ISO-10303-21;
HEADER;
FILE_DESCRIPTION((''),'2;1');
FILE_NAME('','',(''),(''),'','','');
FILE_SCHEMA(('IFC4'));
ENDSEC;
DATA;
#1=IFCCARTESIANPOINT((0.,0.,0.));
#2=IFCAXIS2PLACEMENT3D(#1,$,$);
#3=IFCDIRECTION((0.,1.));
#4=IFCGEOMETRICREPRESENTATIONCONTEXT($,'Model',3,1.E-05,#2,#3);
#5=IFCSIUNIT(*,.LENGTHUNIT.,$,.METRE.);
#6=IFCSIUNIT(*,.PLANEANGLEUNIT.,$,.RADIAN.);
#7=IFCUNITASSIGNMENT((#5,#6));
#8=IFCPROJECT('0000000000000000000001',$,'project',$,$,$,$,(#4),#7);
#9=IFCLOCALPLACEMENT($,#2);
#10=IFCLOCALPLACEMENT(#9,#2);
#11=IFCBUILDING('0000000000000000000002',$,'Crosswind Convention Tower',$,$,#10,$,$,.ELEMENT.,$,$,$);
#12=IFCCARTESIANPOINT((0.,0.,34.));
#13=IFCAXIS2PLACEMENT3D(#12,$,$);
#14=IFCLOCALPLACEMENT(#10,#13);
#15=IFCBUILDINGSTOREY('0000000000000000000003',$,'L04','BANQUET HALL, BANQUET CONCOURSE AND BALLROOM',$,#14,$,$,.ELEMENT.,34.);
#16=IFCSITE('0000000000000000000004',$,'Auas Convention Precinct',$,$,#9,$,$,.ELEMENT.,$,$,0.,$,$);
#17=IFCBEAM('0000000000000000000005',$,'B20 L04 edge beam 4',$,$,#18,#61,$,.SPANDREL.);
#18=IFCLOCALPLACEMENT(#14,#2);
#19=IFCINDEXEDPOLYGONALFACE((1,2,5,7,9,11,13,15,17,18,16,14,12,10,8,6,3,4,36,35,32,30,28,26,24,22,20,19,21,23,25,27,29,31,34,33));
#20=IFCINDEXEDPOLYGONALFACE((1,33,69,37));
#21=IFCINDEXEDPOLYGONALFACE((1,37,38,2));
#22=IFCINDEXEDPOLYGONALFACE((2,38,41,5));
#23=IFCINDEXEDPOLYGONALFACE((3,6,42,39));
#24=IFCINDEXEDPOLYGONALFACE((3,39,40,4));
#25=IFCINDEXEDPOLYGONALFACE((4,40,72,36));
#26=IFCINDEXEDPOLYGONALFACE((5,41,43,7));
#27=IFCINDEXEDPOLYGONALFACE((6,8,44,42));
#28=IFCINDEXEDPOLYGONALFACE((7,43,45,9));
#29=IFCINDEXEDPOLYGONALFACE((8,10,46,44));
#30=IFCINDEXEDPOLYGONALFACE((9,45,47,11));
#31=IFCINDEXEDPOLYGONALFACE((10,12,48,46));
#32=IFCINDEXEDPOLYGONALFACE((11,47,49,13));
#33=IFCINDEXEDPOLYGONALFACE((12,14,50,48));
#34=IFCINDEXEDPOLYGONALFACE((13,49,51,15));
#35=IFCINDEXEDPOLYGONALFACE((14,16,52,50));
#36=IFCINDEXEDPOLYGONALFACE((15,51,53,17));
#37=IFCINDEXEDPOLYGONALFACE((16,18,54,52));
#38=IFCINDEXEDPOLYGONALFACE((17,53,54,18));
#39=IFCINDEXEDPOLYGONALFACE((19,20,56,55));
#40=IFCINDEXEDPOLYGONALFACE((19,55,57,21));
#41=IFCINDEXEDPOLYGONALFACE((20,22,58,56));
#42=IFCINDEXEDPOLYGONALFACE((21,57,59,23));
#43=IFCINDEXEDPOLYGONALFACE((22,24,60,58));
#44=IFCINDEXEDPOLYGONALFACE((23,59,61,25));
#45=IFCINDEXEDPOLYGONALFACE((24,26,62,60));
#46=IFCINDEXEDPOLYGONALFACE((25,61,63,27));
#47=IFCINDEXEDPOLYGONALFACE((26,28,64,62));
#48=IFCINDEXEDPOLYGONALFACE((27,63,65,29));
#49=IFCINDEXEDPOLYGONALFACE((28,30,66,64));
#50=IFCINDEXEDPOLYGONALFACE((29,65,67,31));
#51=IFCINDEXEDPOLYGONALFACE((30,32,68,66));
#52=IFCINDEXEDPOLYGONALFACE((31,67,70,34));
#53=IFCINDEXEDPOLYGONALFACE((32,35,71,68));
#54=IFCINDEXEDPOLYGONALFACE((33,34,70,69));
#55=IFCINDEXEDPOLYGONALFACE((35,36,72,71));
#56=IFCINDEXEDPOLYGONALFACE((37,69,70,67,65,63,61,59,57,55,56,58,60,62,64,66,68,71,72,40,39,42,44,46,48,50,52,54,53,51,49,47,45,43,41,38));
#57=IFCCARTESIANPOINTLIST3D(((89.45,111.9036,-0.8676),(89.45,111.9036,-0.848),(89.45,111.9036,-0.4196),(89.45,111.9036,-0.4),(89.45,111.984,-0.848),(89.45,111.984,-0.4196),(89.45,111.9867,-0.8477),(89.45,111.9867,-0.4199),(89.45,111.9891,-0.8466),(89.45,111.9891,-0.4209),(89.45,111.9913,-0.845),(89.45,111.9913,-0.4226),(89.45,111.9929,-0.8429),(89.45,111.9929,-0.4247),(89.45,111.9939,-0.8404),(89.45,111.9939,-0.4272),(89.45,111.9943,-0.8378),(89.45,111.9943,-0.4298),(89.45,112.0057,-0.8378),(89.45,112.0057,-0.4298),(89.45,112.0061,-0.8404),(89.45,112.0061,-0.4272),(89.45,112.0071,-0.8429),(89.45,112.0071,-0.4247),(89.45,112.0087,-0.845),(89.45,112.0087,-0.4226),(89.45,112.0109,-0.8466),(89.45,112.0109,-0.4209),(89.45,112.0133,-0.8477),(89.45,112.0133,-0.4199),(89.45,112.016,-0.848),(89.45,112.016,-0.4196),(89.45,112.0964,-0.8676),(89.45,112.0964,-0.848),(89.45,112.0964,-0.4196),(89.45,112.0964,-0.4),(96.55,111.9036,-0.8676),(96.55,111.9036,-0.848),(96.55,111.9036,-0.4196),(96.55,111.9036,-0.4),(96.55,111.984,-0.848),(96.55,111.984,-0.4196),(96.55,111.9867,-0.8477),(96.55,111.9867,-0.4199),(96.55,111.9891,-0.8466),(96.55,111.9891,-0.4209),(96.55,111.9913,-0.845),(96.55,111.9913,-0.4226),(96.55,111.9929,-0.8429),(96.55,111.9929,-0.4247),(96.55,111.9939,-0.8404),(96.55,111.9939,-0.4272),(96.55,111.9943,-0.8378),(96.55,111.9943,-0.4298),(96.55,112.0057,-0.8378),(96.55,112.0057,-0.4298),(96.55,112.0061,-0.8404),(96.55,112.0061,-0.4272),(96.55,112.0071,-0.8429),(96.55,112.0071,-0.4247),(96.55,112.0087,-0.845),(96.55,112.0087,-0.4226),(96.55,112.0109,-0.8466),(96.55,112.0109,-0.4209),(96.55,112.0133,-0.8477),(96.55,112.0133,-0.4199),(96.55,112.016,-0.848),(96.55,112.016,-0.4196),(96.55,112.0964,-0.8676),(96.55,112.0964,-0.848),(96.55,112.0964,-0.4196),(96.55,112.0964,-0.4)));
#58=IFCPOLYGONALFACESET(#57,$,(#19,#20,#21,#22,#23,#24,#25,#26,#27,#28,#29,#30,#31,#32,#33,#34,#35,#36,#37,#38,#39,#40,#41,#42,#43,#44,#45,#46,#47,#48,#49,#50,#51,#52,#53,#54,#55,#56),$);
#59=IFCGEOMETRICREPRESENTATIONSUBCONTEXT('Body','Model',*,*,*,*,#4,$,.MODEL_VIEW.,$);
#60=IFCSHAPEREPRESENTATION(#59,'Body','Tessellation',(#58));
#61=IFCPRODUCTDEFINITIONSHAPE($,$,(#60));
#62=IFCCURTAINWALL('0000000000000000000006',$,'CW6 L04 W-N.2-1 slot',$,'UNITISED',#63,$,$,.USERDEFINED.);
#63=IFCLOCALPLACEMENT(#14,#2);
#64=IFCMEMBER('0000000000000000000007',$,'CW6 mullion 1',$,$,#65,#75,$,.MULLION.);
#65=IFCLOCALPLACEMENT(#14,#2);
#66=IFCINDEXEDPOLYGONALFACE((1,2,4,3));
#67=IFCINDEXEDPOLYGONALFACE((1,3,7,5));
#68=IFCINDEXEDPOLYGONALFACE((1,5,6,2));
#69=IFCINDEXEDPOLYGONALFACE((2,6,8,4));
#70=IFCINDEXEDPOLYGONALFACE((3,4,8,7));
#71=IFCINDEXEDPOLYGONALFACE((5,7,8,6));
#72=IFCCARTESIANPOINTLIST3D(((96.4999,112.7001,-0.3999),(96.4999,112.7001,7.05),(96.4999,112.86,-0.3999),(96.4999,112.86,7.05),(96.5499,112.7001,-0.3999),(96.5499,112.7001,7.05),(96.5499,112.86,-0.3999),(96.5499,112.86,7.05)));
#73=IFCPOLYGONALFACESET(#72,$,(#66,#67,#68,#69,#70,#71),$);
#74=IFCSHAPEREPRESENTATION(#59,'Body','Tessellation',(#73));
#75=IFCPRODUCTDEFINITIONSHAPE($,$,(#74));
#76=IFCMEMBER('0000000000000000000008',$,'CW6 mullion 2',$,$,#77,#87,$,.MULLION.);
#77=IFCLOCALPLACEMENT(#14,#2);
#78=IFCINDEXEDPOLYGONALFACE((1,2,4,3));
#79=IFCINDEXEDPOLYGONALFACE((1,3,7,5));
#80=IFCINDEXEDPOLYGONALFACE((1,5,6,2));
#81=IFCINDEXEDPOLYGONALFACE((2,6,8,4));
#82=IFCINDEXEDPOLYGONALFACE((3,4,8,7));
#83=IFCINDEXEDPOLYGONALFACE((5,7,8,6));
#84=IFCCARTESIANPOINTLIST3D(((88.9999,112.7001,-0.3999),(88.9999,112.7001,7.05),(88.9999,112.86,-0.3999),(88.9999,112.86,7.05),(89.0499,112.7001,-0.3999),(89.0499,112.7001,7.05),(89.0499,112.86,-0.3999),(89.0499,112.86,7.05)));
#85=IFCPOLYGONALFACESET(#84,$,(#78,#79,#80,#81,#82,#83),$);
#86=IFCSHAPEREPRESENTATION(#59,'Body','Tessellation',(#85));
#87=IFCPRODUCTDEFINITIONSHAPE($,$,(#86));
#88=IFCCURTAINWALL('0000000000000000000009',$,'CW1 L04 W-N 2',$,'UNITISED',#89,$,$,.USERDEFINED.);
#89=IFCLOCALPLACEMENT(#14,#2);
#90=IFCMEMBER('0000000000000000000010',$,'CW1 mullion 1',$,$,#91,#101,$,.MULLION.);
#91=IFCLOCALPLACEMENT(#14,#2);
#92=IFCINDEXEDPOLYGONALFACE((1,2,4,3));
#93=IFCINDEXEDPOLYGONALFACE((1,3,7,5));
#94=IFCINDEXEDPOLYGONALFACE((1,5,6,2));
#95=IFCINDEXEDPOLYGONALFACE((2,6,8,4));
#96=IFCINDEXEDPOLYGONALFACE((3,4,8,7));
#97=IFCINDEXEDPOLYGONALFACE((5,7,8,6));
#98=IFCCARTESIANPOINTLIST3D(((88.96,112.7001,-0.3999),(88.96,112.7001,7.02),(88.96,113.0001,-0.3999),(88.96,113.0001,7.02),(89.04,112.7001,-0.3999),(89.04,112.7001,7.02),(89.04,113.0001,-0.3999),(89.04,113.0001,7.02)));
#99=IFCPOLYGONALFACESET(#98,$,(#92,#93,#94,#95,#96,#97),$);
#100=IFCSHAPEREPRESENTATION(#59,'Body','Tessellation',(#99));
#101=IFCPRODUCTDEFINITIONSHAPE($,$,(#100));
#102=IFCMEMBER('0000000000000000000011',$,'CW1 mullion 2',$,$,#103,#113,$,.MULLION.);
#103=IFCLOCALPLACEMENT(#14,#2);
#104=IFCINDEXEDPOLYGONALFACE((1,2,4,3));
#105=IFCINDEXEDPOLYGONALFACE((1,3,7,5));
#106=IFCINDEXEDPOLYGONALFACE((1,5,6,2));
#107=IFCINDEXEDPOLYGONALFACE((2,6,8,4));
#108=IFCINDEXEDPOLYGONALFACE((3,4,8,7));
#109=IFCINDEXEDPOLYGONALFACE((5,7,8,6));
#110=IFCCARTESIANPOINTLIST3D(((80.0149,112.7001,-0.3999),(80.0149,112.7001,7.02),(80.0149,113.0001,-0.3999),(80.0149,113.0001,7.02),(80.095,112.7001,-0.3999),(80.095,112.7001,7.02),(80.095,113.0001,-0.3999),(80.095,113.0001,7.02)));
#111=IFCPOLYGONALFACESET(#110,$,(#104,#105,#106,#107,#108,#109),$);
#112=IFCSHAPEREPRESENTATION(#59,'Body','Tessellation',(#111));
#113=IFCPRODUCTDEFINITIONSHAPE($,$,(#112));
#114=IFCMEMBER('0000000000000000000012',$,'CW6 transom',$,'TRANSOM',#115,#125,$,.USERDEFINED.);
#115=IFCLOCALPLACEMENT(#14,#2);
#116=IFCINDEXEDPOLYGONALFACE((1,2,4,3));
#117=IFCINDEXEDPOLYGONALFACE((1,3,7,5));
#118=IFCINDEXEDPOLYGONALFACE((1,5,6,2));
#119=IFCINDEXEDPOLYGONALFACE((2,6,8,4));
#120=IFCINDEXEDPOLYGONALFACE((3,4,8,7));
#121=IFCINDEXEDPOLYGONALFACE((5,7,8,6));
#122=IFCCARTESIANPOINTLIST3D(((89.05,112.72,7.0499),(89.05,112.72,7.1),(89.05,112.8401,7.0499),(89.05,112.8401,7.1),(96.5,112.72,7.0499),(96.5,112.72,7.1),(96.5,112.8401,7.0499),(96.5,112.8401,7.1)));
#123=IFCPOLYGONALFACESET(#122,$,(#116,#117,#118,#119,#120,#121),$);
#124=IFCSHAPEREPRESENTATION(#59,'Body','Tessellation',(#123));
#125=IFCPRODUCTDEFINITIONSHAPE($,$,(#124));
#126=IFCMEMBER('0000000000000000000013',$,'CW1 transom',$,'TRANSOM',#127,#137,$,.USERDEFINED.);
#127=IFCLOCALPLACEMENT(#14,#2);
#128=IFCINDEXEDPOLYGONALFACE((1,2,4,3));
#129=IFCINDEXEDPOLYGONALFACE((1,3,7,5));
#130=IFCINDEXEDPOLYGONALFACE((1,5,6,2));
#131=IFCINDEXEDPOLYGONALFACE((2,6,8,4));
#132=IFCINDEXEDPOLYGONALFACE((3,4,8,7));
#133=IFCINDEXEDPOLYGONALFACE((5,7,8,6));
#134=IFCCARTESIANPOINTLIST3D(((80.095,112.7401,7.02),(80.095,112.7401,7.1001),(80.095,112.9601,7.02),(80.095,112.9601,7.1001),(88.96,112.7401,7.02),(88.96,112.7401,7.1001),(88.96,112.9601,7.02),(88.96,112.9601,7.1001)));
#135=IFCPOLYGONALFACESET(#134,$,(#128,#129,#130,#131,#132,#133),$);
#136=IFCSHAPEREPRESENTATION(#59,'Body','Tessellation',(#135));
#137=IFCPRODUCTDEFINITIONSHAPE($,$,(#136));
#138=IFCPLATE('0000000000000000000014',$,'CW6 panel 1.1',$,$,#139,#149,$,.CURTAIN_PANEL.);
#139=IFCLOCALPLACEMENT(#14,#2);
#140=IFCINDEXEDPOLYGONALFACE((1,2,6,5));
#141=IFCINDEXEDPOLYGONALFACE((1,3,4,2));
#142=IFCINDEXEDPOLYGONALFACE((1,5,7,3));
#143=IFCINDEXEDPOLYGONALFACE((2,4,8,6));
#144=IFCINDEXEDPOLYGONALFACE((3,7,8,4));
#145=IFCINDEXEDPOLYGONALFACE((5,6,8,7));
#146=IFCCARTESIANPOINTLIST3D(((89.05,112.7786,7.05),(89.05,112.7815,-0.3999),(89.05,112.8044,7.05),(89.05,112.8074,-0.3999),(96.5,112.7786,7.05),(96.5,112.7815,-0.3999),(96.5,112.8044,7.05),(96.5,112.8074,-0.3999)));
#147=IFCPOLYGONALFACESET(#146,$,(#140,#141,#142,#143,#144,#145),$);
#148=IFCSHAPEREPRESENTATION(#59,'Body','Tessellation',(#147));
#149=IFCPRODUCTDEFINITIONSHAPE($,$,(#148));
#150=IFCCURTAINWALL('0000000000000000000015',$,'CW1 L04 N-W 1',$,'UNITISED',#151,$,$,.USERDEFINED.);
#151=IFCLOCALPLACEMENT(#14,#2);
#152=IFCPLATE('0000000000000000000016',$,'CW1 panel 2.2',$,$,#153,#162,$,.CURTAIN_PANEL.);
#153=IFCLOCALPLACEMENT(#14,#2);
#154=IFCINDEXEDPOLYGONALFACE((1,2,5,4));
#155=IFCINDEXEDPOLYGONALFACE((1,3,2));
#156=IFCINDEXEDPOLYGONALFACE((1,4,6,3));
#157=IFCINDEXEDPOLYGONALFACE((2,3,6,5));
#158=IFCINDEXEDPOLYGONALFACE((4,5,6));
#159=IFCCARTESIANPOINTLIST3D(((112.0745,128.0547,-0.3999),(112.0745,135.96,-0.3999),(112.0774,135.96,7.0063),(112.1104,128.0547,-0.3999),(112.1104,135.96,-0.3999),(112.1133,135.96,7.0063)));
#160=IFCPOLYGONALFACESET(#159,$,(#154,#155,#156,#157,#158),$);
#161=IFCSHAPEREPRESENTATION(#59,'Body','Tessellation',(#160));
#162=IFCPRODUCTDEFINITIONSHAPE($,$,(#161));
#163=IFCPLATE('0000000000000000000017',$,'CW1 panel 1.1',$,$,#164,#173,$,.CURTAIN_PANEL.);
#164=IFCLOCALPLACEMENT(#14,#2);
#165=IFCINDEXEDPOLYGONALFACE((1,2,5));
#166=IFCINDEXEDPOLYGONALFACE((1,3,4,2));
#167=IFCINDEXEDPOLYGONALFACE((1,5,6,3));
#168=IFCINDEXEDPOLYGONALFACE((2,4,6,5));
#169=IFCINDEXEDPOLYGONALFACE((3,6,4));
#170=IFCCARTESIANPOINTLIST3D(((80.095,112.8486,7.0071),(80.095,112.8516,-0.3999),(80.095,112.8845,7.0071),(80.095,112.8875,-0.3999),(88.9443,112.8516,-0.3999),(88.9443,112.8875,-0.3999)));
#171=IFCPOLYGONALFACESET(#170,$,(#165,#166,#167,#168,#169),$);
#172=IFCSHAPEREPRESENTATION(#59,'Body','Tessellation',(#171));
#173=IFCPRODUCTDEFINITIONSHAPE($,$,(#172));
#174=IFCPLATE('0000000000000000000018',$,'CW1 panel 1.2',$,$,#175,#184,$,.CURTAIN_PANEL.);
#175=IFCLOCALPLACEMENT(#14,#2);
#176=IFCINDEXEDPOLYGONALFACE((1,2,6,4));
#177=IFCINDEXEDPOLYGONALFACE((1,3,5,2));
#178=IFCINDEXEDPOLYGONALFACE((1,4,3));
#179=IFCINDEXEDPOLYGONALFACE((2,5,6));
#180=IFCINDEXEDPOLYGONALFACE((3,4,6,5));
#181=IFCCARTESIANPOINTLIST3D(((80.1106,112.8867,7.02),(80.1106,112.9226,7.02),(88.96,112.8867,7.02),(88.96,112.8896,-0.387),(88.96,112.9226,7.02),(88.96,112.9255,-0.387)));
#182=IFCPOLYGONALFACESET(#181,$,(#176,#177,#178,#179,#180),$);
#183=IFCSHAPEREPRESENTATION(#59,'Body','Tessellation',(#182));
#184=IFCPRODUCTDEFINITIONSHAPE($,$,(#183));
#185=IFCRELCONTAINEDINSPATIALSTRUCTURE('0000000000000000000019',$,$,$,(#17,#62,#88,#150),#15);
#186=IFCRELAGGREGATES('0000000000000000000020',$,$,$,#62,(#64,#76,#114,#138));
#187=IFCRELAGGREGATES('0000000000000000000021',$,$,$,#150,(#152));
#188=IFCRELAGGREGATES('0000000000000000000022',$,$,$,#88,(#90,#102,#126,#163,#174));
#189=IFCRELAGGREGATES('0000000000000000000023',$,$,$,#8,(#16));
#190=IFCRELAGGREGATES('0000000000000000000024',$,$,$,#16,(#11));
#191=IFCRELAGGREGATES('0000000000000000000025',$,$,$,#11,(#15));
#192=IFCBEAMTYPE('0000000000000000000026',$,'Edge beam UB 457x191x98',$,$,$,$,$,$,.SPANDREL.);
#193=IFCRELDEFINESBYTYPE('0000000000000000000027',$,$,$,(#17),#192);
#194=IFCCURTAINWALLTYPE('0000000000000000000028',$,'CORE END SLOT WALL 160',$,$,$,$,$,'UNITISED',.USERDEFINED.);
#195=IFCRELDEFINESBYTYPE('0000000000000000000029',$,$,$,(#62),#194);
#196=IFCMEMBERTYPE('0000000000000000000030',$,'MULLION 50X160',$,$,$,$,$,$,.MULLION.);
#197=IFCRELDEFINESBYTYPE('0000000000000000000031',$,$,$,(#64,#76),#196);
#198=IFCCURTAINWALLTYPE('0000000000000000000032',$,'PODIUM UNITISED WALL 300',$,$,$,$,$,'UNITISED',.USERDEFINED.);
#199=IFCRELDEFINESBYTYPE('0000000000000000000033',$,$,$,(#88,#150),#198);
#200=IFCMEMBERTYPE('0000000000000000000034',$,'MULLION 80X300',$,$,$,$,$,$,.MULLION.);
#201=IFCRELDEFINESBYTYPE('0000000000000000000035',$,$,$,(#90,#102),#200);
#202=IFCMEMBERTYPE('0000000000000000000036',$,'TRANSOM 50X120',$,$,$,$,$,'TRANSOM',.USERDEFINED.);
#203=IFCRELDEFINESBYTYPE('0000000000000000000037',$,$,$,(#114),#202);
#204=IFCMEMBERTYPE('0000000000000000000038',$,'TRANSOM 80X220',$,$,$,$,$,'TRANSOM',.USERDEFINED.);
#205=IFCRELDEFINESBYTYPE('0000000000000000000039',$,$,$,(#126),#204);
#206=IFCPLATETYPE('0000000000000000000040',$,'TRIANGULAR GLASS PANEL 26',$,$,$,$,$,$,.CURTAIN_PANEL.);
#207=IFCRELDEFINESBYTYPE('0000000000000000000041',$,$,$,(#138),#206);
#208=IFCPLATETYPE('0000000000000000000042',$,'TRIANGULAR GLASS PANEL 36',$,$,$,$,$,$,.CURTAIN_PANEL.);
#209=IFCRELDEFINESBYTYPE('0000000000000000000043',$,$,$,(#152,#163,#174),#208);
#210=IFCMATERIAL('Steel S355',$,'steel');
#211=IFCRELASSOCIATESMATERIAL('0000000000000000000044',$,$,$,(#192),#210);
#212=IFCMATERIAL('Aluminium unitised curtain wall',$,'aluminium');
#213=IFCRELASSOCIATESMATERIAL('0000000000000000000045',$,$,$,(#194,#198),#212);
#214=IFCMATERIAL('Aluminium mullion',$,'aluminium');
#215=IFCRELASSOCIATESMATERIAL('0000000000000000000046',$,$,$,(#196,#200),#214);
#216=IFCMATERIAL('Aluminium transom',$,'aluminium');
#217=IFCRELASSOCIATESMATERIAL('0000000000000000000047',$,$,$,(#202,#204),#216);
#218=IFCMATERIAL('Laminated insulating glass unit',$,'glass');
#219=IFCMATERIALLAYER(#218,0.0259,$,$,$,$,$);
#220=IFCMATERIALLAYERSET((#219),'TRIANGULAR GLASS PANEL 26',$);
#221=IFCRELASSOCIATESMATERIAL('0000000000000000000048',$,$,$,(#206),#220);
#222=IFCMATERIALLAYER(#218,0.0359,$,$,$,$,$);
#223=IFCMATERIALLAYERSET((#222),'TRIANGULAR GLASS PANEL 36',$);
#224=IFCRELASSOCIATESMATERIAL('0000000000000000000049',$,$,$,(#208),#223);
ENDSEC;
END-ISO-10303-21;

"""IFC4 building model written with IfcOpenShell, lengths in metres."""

from ifc_helpers import new_model, si_unit, direction, frame, origin, origin_2d, place, context, subcontext, project, spatial, polyline, rectangle, i_section, outline, extrude, material, layer, layer_set, material_profile, profile_set, type_object, element, aggregate, save


model = new_model("IFC4")

# Units and contexts
model_context = context("Model", 3, precision=1e-05, world=origin(), true_north=direction((0.0, 1.0)))
body_context = subcontext(model_context, "Body", "Model", "MODEL_VIEW")
ifc_project = project(units=[si_unit("LENGTHUNIT", "METRE"), si_unit("PLANEANGLEUNIT", "RADIAN")], contexts=[model_context])

# Site, building, storey
site_placement = place(None, origin())
site = spatial("IfcSite", under=ifc_project, at=site_placement, Name="Auas Convention Precinct", CompositionType="ELEMENT", RefElevation=0.0)
building_placement = place(site_placement, origin())
building = spatial("IfcBuilding", under=site, at=building_placement, Name="Crosswind Convention Tower", CompositionType="ELEMENT")
storey_placement = place(building_placement, frame((0.0, 0.0, 34.0)))
storey = spatial("IfcBuildingStorey", under=building, at=storey_placement, Name="L04", Description="BANQUET HALL, BANQUET CONCOURSE AND BALLROOM", CompositionType="ELEMENT", Elevation=34.0)

# Beam
ifc_material_1 = material(Name="Steel S355", Category="steel")
ifc_material_profile_1 = material_profile(ifc_material_1, i_section(OverallWidth=0.1929, OverallDepth=0.4675, WebThickness=0.0115, FlangeThickness=0.0195, FilletRadius=0.0103, at=origin_2d()), Name="UB 457x191x98")
ifc_profile_set_1 = profile_set([ifc_material_profile_1], Name="Steel S355")
beam_type = type_object("IfcBeamType", Name="Edge beam UB 457x191x98", PredefinedType="SPANDREL", material=ifc_profile_set_1)
beam_placement = place(storey_placement, frame((89.45, 112.0, -0.6338), z_axis=(1.0, 0.0, 0.0), x_axis=(0.0, 1.0, 0.0)))
element("IfcBeam", 1, at=beam_placement, inside=storey, type_object=beam_type, Name="B20 L04 edge beam 4", PredefinedType="SPANDREL", context=body_context, shape_type="SweptSolid", body=[
    extrude(i_section(OverallWidth=0.1929, OverallDepth=0.4675, WebThickness=0.0115, FlangeThickness=0.0195, FilletRadius=0.0103, at=origin_2d()), origin(), (0.0, 0.0, 1.0), 7.1001),
])

# Curtain walls, members
ifc_material_2 = material(Name="Aluminium unitised curtain wall", Category="aluminium")
curtain_wall_type_1 = type_object("IfcCurtainWallType", Name="CORE END SLOT WALL 160", ElementType="UNITISED", PredefinedType="USERDEFINED", material=ifc_material_2)
curtain_wall_1_placement = place(storey_placement, origin())
curtain_wall_1 = element("IfcCurtainWall", 2, at=curtain_wall_1_placement, inside=storey, type_object=curtain_wall_type_1, Name="CW6 L04 W-N.2-1 slot", ObjectType="UNITISED", PredefinedType="USERDEFINED")
ifc_material_3 = material(Name="Aluminium mullion", Category="aluminium")
ifc_material_profile_2 = material_profile(ifc_material_3, rectangle(XDim=0.1599, YDim=0.05, at=origin_2d()), Name="AL 160X50")
ifc_profile_set_2 = profile_set([ifc_material_profile_2], Name="Aluminium mullion")
member_type_1 = type_object("IfcMemberType", Name="MULLION 50X160", PredefinedType="MULLION", material=ifc_profile_set_2)
member_1_placement = place(storey_placement, frame((96.5249, 112.78, -0.3999), z_axis=(0.0, 0.0, 1.0), x_axis=(0.0, 1.0, 0.0)))
member_1 = element("IfcMember", 3, at=member_1_placement, type_object=member_type_1, Name="CW6 mullion 1", PredefinedType="MULLION", context=body_context, shape_type="SweptSolid", body=[
    extrude(rectangle(XDim=0.1599, YDim=0.05, at=origin_2d()), origin(), (0.0, 0.0, 1.0), 7.45),
])
member_2_placement = place(storey_placement, frame((89.0249, 112.78, -0.3999), z_axis=(0.0, 0.0, 1.0), x_axis=(0.0, 1.0, 0.0)))
member_2 = element("IfcMember", 4, at=member_2_placement, type_object=member_type_1, Name="CW6 mullion 2", PredefinedType="MULLION", context=body_context, shape_type="SweptSolid", body=[
    extrude(rectangle(XDim=0.1599, YDim=0.05, at=origin_2d()), origin(), (0.0, 0.0, 1.0), 7.45),
])
curtain_wall_type_2 = type_object("IfcCurtainWallType", Name="PODIUM UNITISED WALL 300", ElementType="UNITISED", PredefinedType="USERDEFINED", material=ifc_material_2)
curtain_wall_2_placement = place(storey_placement, origin())
curtain_wall_2 = element("IfcCurtainWall", 5, at=curtain_wall_2_placement, inside=storey, type_object=curtain_wall_type_2, Name="CW1 L04 W-N 2", ObjectType="UNITISED", PredefinedType="USERDEFINED")
ifc_material_profile_3 = material_profile(ifc_material_3, rectangle(XDim=0.3, YDim=0.0801, at=origin_2d()), Name="AL 300X80")
ifc_profile_set_3 = profile_set([ifc_material_profile_3], Name="Aluminium mullion")
member_type_2 = type_object("IfcMemberType", Name="MULLION 80X300", PredefinedType="MULLION", material=ifc_profile_set_3)
member_3_placement = place(storey_placement, frame((89.0, 112.8501, -0.3999), z_axis=(0.0, 0.0, 1.0), x_axis=(0.0, 1.0, 0.0)))
member_3 = element("IfcMember", 6, at=member_3_placement, type_object=member_type_2, Name="CW1 mullion 1", PredefinedType="MULLION", context=body_context, shape_type="SweptSolid", body=[
    extrude(rectangle(XDim=0.3, YDim=0.0801, at=origin_2d()), origin(), (0.0, 0.0, 1.0), 7.4199),
])
member_4_placement = place(storey_placement, frame((80.0549, 112.8501, -0.3999), z_axis=(0.0, 0.0, 1.0), x_axis=(0.0, 1.0, 0.0)))
member_4 = element("IfcMember", 7, at=member_4_placement, type_object=member_type_2, Name="CW1 mullion 2", PredefinedType="MULLION", context=body_context, shape_type="SweptSolid", body=[
    extrude(rectangle(XDim=0.3, YDim=0.0801, at=origin_2d()), origin(), (0.0, 0.0, 1.0), 7.4199),
])

# Members
ifc_material_4 = material(Name="Aluminium transom", Category="aluminium")
ifc_material_profile_4 = material_profile(ifc_material_4, rectangle(XDim=0.1201, YDim=0.05, at=origin_2d()), Name="AL 120X50")
ifc_profile_set_4 = profile_set([ifc_material_profile_4], Name="Aluminium transom")
member_type_3 = type_object("IfcMemberType", Name="TRANSOM 50X120", ElementType="TRANSOM", PredefinedType="USERDEFINED", material=ifc_profile_set_4)
member_5_placement = place(storey_placement, frame((96.5, 112.78, 7.075), z_axis=(-1.0, 0.0, 0.0), x_axis=(0.0, -1.0, 0.0)))
member_5 = element("IfcMember", 8, at=member_5_placement, type_object=member_type_3, Name="CW6 transom", ObjectType="TRANSOM", PredefinedType="USERDEFINED", context=body_context, shape_type="SweptSolid", body=[
    extrude(rectangle(XDim=0.1201, YDim=0.05, at=origin_2d()), origin(), (0.0, 0.0, 1.0), 7.45),
])
ifc_material_profile_5 = material_profile(ifc_material_4, rectangle(XDim=0.22, YDim=0.0801, at=origin_2d()), Name="AL 220X80")
ifc_profile_set_5 = profile_set([ifc_material_profile_5], Name="Aluminium transom")
member_type_4 = type_object("IfcMemberType", Name="TRANSOM 80X220", ElementType="TRANSOM", PredefinedType="USERDEFINED", material=ifc_profile_set_5)
member_6_placement = place(storey_placement, frame((88.96, 112.8501, 7.0601), z_axis=(-1.0, 0.0, 0.0), x_axis=(0.0, -1.0, 0.0)))
member_6 = element("IfcMember", 9, at=member_6_placement, type_object=member_type_4, Name="CW1 transom", ObjectType="TRANSOM", PredefinedType="USERDEFINED", context=body_context, shape_type="SweptSolid", body=[
    extrude(rectangle(XDim=0.22, YDim=0.0801, at=origin_2d()), origin(), (0.0, 0.0, 1.0), 8.865),
])

# Plate
ifc_material_5 = material(Name="Laminated insulating glass unit", Category="glass")
ifc_layer_1 = layer(ifc_material_5, 0.0259)
ifc_layer_set_1 = layer_set([ifc_layer_1], Name="TRIANGULAR GLASS PANEL 26")
plate_type_1 = type_object("IfcPlateType", Name="TRIANGULAR GLASS PANEL 26", PredefinedType="CURTAIN_PANEL", material=ifc_layer_set_1)
plate_1_placement = place(storey_placement, frame((96.5, 112.8074, -0.3999), z_axis=(0.0, 1.0, 0.000393), x_axis=(-1.0, 0.0, 0.0)))
plate_1 = element("IfcPlate", 10, at=plate_1_placement, type_object=plate_type_1, Name="CW6 panel 1.1", PredefinedType="CURTAIN_PANEL", context=body_context, shape_type="SweptSolid", body=[
    extrude(outline(polyline([(0.0, 0.0), (7.45, 0.0), (7.45, 7.45), (0.0, 7.45), (0.0, 0.0)])), origin(), (0.0, 0.0, -1.0), 0.0259),
])
aggregate(curtain_wall_1, [member_1, member_2, member_5, plate_1])

# Curtain wall, plate
curtain_wall_3_placement = place(storey_placement, origin())
curtain_wall_3 = element("IfcCurtainWall", 11, at=curtain_wall_3_placement, inside=storey, type_object=curtain_wall_type_2, Name="CW1 L04 N-W 1", ObjectType="UNITISED", PredefinedType="USERDEFINED")
ifc_layer_2 = layer(ifc_material_5, 0.0359)
ifc_layer_set_2 = layer_set([ifc_layer_2], Name="TRIANGULAR GLASS PANEL 36")
plate_type_2 = type_object("IfcPlateType", Name="TRIANGULAR GLASS PANEL 36", PredefinedType="CURTAIN_PANEL", material=ifc_layer_set_2)
plate_2_placement = place(storey_placement, frame((112.0745, 135.96, -0.3999), z_axis=(-1.0, 0.0, 0.000396), x_axis=(0.0, -1.0, 0.0)))
plate_2 = element("IfcPlate", 12, at=plate_2_placement, type_object=plate_type_2, Name="CW1 panel 2.2", PredefinedType="CURTAIN_PANEL", context=body_context, shape_type="SweptSolid", body=[
    extrude(outline(polyline([(0.0, 0.0), (7.9053, 0.0), (0.0, 7.4063), (0.0, 0.0)])), origin(), (0.0, 0.0, -1.0), 0.0359),
])

# Plates
plate_3_placement = place(storey_placement, frame((80.095, 112.8875, -0.3999), z_axis=(0.0, 1.0, 0.000396), x_axis=(0.0, -0.000396, 1.0)))
plate_3 = element("IfcPlate", 13, at=plate_3_placement, type_object=plate_type_2, Name="CW1 panel 1.1", PredefinedType="CURTAIN_PANEL", context=body_context, shape_type="SweptSolid", body=[
    extrude(outline(polyline([(0.0, 0.0), (7.407, 0.0), (0.0, 8.8494), (0.0, 0.0)])), origin(), (0.0, 0.0, -1.0), 0.0359),
])
plate_4_placement = place(storey_placement, frame((88.96, 112.9226, 7.02), z_axis=(0.0, 1.0, 0.000396), x_axis=(0.0, 0.000396, -1.0)))
plate_4 = element("IfcPlate", 14, at=plate_4_placement, type_object=plate_type_2, Name="CW1 panel 1.2", PredefinedType="CURTAIN_PANEL", context=body_context, shape_type="SweptSolid", body=[
    extrude(outline(polyline([(0.0, 0.0), (7.407, 0.0), (0.0, 8.8494), (0.0, 0.0)])), origin(), (0.0, 0.0, -1.0), 0.0359),
])

aggregate(curtain_wall_3, [plate_2])
aggregate(curtain_wall_2, [member_3, member_4, member_6, plate_3, plate_4])

save(model, "model.ifc")
